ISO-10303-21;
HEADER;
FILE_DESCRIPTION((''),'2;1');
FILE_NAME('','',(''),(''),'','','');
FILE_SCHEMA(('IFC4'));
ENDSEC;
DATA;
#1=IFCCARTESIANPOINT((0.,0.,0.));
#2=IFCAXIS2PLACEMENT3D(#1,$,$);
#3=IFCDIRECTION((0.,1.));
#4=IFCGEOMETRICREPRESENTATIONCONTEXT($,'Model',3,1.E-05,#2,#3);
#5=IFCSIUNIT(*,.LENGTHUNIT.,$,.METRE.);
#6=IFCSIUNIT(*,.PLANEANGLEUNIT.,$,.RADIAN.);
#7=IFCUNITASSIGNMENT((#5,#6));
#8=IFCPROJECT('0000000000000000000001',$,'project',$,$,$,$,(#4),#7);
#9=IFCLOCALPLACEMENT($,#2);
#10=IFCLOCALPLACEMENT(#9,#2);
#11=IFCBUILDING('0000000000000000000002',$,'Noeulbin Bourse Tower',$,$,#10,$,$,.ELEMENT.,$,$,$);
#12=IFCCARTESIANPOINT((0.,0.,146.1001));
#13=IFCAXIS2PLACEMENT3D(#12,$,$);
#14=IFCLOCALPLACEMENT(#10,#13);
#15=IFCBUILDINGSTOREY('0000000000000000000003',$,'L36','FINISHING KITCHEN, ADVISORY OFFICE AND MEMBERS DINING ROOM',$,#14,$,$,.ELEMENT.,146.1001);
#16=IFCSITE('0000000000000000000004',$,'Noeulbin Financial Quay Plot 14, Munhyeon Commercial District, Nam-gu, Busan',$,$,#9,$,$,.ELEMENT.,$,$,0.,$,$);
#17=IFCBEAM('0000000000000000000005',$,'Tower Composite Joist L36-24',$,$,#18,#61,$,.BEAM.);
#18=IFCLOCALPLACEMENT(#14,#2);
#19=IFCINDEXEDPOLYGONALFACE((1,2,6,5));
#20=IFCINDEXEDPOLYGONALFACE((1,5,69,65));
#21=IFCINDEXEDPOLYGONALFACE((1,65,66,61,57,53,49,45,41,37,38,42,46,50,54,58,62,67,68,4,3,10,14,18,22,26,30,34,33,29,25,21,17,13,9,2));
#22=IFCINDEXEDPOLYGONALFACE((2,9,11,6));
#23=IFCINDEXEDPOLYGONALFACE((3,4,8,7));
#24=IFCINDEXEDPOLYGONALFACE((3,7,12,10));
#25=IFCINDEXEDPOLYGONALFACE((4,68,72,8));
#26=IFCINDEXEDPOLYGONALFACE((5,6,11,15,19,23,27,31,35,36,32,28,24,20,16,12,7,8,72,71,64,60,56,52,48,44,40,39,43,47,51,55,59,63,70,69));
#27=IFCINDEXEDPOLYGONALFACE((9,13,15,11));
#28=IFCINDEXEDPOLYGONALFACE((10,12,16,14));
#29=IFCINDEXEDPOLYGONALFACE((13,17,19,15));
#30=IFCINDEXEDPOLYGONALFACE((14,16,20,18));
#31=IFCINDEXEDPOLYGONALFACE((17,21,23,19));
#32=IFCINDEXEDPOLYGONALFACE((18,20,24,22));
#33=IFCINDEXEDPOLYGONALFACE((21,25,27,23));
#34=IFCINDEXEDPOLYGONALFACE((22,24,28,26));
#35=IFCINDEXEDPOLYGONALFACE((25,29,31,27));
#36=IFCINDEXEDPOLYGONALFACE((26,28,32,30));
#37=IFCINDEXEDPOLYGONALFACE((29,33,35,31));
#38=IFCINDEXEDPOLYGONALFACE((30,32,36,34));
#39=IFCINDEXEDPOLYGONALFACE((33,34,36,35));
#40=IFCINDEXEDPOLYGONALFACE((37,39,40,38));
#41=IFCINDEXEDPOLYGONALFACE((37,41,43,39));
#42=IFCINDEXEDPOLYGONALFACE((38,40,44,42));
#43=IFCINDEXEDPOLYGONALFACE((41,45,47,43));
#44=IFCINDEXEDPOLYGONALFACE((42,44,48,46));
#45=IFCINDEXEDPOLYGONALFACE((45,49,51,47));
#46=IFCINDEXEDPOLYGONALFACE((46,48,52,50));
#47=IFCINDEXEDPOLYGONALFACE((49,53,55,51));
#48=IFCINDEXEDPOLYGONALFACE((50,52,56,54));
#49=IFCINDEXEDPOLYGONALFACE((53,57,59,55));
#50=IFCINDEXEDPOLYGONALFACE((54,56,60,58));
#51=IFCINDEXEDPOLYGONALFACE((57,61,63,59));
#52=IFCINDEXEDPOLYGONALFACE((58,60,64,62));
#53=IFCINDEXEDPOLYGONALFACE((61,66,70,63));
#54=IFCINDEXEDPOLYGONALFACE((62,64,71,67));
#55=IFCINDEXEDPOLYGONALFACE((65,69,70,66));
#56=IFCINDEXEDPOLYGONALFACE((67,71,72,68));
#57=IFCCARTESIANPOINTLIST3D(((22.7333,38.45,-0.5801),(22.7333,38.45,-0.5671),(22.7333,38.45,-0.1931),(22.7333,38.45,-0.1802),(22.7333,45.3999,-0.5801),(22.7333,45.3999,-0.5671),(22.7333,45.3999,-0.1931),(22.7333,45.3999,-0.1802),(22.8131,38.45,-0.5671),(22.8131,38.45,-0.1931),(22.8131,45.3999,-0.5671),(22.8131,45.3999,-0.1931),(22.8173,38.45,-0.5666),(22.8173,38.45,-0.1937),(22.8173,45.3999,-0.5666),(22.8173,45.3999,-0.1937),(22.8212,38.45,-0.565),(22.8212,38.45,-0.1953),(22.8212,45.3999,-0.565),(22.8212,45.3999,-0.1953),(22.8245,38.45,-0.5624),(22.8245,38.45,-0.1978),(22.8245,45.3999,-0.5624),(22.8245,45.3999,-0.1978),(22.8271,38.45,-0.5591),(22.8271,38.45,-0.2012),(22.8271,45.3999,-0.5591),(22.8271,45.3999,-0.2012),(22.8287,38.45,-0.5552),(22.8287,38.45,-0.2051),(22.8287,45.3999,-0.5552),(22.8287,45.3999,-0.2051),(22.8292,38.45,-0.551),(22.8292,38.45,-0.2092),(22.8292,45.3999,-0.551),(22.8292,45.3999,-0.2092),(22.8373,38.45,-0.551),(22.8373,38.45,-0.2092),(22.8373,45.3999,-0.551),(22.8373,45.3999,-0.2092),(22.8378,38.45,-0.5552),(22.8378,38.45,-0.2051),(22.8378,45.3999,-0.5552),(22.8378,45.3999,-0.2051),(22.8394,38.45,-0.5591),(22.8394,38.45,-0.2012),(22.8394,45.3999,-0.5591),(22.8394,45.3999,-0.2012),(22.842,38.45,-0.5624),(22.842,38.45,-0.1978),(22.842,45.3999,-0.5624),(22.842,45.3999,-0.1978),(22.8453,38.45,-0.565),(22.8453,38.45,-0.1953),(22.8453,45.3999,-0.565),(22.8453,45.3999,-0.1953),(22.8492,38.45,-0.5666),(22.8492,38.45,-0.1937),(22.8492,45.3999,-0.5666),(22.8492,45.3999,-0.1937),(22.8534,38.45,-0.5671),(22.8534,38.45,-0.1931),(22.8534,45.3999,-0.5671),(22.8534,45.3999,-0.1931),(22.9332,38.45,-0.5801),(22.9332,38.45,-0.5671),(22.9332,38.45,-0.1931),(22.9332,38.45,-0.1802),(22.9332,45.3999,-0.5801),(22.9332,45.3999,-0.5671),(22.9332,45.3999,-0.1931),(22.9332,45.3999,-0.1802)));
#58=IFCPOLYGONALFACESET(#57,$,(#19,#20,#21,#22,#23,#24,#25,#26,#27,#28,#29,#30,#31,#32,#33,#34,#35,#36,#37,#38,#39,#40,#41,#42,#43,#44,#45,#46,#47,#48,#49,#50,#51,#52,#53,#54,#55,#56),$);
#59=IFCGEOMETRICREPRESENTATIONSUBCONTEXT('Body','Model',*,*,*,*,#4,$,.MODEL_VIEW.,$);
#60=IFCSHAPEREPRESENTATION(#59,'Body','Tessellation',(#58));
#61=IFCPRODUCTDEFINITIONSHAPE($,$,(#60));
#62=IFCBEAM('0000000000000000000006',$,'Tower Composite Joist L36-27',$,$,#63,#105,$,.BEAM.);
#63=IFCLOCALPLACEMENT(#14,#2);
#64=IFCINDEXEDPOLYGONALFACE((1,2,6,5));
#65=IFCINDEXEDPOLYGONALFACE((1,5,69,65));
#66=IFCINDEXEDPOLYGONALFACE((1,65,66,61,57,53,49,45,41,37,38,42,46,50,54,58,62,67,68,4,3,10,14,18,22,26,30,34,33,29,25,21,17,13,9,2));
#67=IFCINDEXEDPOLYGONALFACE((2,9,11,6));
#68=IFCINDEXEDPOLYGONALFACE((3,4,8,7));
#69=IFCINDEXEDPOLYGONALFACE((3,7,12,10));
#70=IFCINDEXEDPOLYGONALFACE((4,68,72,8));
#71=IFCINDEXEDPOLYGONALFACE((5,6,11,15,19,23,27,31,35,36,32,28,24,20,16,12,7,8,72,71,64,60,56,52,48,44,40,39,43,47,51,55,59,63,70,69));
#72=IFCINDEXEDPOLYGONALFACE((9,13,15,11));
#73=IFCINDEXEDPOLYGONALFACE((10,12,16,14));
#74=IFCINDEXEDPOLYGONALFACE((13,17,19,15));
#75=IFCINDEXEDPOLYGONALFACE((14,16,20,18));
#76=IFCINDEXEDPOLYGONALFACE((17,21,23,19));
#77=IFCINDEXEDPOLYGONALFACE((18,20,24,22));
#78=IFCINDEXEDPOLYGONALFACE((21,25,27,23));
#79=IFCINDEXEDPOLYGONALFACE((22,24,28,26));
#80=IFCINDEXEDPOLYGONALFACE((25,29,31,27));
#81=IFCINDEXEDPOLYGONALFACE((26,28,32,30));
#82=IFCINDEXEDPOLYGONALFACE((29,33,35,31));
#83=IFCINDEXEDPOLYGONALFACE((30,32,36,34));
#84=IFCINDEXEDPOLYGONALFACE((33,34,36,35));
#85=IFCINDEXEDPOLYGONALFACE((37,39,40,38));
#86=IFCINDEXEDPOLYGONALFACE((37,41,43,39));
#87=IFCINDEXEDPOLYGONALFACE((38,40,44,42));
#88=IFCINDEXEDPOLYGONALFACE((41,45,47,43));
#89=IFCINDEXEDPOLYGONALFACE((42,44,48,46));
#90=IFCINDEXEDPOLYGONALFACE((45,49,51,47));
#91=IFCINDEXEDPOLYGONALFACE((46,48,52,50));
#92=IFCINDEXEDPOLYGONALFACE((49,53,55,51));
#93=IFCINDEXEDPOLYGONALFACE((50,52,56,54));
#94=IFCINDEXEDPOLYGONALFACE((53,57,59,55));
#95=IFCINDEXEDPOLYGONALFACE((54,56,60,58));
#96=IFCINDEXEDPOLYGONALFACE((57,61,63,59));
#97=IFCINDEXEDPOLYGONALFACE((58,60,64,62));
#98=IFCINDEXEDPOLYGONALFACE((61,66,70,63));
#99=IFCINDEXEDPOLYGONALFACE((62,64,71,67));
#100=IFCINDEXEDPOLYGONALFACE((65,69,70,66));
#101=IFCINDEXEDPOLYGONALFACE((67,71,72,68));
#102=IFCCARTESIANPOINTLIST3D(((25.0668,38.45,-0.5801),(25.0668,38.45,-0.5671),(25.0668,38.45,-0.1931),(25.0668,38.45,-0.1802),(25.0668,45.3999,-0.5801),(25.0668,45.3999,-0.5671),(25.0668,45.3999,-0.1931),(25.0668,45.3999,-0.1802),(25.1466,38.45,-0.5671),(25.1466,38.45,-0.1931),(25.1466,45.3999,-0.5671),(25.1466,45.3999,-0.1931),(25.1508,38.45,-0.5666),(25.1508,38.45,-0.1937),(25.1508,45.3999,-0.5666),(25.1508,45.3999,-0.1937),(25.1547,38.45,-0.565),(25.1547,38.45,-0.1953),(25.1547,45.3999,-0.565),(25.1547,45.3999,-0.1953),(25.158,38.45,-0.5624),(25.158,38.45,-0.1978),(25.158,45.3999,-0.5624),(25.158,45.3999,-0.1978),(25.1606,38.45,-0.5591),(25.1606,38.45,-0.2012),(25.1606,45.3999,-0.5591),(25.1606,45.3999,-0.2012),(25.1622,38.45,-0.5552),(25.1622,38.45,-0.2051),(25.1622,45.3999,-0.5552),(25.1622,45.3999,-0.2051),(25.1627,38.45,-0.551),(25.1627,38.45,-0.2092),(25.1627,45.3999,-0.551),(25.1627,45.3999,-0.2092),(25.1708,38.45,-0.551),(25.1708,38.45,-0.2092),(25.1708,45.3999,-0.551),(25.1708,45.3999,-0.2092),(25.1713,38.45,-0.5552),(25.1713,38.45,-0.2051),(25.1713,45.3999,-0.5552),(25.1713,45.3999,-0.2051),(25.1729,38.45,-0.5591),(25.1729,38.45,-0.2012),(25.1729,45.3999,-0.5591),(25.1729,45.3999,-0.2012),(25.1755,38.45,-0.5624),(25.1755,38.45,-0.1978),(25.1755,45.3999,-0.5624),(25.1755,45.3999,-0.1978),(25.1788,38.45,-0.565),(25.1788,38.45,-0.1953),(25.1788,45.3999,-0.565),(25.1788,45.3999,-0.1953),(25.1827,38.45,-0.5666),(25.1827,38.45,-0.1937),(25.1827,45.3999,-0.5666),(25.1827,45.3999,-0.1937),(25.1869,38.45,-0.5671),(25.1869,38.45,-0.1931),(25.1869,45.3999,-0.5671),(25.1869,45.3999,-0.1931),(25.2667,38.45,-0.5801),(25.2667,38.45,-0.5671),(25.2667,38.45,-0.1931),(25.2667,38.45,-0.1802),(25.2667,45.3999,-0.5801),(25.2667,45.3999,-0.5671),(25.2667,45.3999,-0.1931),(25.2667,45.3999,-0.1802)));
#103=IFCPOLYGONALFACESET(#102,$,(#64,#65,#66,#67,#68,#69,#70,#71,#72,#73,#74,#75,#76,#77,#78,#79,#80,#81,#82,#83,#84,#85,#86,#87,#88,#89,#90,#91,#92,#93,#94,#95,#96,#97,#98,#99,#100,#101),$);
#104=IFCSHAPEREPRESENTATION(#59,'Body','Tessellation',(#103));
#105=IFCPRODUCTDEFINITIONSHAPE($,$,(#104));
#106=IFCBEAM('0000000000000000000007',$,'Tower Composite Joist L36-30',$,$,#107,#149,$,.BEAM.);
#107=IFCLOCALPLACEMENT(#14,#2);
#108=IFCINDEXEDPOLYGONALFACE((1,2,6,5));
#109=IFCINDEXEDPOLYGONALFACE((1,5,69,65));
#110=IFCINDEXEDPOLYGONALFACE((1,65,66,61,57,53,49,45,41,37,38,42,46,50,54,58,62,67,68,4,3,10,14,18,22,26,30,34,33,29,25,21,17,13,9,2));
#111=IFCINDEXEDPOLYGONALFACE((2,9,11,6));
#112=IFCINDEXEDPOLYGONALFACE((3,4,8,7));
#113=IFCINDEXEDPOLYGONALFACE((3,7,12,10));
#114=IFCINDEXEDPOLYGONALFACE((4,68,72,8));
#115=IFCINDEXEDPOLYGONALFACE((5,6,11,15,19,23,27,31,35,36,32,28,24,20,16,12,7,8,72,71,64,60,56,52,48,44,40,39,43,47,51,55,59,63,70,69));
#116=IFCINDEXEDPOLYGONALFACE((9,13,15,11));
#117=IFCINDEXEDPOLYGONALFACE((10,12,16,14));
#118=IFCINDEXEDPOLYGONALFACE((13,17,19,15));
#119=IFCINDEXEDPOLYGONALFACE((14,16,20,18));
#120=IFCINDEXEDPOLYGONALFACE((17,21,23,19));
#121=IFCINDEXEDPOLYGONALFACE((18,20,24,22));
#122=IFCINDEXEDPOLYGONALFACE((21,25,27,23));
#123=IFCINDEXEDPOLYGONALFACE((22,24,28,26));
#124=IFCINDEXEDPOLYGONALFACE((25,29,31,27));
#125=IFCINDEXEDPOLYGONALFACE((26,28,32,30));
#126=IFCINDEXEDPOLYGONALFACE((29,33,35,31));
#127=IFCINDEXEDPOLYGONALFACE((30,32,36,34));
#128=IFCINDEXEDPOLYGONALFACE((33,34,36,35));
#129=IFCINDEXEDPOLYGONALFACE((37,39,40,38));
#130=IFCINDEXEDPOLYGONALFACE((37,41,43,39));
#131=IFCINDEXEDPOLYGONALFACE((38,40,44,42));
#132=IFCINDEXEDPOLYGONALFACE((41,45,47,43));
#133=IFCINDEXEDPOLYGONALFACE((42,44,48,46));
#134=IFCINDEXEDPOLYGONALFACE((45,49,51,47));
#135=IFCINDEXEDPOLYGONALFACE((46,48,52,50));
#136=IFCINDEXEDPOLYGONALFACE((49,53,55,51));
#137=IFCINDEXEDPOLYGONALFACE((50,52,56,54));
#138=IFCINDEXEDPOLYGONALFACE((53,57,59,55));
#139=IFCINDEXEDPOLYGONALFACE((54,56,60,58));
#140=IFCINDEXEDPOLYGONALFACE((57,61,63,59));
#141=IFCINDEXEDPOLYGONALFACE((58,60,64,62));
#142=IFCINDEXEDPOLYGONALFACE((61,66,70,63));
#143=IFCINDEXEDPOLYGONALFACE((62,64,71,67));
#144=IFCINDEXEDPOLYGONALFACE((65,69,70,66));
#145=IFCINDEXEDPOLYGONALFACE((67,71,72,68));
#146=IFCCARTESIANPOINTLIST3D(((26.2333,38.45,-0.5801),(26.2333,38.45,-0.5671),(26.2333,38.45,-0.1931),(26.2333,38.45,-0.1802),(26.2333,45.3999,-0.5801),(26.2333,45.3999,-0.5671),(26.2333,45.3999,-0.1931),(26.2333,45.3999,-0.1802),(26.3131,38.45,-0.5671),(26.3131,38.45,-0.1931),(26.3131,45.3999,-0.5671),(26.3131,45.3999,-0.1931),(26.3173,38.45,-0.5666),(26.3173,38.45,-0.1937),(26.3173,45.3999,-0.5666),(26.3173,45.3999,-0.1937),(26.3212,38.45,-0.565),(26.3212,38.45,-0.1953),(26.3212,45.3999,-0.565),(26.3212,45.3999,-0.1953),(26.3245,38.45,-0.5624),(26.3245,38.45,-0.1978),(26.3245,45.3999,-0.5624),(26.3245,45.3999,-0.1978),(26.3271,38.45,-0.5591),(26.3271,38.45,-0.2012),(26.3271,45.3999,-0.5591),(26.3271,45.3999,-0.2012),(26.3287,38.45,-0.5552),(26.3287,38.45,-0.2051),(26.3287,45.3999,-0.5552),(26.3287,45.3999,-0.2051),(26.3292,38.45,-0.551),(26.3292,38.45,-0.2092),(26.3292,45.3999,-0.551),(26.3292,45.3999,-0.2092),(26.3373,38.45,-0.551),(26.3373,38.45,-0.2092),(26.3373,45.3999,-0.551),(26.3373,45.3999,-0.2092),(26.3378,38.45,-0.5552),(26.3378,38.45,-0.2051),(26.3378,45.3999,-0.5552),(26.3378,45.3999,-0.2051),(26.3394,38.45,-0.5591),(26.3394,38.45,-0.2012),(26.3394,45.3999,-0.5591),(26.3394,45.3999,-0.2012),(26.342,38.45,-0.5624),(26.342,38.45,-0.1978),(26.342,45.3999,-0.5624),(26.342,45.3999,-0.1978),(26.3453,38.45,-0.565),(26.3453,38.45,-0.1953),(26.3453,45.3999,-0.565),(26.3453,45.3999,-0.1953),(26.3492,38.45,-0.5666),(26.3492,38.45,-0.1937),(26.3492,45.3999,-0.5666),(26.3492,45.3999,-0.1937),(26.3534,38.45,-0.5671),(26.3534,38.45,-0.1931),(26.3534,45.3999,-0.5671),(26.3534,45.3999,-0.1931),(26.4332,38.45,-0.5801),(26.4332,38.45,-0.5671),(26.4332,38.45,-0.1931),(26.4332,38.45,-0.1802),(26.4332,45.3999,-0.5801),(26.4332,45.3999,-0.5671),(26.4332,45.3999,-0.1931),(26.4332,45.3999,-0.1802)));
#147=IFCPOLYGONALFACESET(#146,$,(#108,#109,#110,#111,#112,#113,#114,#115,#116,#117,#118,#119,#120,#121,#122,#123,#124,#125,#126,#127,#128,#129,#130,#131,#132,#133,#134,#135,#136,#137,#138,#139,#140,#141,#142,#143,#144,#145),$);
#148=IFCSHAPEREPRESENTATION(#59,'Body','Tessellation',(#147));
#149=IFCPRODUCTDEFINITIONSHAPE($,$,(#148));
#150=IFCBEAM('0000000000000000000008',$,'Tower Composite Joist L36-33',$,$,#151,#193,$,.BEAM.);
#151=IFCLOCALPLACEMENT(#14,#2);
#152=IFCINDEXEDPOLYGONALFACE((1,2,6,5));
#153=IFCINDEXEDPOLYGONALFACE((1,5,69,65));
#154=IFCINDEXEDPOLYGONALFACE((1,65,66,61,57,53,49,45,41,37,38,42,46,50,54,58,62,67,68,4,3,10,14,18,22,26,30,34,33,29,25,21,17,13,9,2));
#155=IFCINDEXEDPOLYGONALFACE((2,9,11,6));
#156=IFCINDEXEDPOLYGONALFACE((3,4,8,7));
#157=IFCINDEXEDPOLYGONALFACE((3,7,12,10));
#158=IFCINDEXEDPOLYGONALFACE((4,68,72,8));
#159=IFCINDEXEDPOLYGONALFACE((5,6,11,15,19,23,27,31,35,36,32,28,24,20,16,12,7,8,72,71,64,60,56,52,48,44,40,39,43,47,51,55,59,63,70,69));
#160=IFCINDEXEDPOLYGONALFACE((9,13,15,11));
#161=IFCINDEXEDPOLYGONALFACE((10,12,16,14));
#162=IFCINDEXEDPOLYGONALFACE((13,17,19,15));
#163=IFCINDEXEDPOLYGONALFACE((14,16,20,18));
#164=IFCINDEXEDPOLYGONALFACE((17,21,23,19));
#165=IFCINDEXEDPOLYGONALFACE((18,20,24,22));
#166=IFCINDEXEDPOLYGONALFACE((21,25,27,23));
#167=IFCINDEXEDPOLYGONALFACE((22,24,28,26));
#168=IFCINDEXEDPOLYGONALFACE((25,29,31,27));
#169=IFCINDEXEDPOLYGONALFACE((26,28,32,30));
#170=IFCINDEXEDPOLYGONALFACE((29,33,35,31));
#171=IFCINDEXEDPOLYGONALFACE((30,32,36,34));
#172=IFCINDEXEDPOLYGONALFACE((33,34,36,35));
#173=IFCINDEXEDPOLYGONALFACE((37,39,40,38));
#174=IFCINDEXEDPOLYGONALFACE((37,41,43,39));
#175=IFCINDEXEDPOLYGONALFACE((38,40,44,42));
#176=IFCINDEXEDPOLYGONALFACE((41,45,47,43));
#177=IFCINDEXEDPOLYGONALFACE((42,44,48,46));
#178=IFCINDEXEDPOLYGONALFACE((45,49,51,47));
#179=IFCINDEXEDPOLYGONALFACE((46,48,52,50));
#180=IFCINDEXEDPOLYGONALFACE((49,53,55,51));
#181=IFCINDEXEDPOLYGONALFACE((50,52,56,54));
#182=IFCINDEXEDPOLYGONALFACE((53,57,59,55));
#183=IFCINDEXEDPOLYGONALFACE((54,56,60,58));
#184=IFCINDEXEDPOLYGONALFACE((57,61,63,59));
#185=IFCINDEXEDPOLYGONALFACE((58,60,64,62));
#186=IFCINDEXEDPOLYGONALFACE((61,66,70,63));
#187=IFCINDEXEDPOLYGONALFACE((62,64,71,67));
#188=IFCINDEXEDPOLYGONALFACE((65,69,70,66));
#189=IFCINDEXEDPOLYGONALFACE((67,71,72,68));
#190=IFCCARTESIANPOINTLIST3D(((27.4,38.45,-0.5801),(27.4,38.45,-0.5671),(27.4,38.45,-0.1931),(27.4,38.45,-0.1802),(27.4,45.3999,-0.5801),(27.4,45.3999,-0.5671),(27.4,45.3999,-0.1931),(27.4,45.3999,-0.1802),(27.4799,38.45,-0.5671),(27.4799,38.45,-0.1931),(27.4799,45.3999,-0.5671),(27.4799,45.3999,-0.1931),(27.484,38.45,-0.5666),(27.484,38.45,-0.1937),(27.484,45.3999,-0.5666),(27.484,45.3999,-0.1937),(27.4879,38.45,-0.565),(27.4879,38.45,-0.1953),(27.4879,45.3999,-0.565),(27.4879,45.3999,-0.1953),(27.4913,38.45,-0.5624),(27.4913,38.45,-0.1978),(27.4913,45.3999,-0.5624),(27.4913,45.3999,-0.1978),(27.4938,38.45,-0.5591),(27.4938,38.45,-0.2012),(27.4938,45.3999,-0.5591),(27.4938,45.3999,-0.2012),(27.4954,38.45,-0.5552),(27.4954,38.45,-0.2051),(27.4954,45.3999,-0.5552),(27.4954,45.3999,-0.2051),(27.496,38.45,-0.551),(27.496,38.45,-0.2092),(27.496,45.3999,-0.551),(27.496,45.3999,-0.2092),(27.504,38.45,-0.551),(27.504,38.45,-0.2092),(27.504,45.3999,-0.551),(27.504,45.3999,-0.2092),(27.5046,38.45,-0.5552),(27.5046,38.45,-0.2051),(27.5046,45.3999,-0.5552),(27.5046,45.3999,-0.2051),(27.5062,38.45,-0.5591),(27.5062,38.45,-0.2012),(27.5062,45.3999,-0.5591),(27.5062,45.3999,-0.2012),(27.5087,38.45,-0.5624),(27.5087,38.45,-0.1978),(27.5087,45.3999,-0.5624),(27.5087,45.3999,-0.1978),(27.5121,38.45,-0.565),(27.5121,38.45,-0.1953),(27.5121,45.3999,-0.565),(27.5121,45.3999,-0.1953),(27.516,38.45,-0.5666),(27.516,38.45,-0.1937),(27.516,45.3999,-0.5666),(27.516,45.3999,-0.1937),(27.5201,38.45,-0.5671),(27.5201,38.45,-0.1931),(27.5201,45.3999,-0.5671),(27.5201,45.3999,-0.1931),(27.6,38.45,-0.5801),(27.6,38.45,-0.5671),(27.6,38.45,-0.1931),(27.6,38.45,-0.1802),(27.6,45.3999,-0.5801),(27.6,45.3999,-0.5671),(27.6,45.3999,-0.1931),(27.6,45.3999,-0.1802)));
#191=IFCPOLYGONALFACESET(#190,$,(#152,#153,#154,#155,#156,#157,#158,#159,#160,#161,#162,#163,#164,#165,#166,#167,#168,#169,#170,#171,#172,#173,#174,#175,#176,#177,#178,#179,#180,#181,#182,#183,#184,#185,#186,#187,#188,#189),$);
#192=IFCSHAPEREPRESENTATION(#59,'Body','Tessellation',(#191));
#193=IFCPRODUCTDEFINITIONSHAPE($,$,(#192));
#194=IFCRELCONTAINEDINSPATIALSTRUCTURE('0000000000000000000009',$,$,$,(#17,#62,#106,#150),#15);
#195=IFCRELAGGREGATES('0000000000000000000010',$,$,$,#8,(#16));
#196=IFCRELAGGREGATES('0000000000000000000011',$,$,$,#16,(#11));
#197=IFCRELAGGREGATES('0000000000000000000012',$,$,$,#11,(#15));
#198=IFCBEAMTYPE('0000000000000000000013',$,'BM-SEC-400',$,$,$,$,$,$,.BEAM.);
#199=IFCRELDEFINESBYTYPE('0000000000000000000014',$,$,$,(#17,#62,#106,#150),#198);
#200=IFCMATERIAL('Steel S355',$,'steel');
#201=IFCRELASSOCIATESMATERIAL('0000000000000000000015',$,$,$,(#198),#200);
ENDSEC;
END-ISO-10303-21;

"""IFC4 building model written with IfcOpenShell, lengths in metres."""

from ifc_helpers import new_model, si_unit, direction, frame, origin, origin_2d, place, context, subcontext, project, spatial, i_section, extrude, material, material_profile, profile_set, type_object, element, save


model = new_model("IFC4")

# Units and contexts
model_context = context("Model", 3, precision=1e-05, world=origin(), true_north=direction((0.0, 1.0)))
body_context = subcontext(model_context, "Body", "Model", "MODEL_VIEW")
ifc_project = project(units=[si_unit("LENGTHUNIT", "METRE"), si_unit("PLANEANGLEUNIT", "RADIAN")], contexts=[model_context])

# Site, building, storey
site_placement = place(None, origin())
site = spatial("IfcSite", under=ifc_project, at=site_placement, Name="Noeulbin Financial Quay Plot 14, Munhyeon Commercial District, Nam-gu, Busan", CompositionType="ELEMENT", RefElevation=0.0)
building_placement = place(site_placement, origin())
building = spatial("IfcBuilding", under=site, at=building_placement, Name="Noeulbin Bourse Tower", CompositionType="ELEMENT")
storey_placement = place(building_placement, frame((0.0, 0.0, 146.1001)))
storey = spatial("IfcBuildingStorey", under=building, at=storey_placement, Name="L36", Description="FINISHING KITCHEN, ADVISORY OFFICE AND MEMBERS DINING ROOM", CompositionType="ELEMENT", Elevation=146.1001)

# Shared definitions
ifc_material_1 = material(Name="Steel S355", Category="steel")

# Beams
ifc_material_profile_1 = material_profile(ifc_material_1, i_section(OverallWidth=0.2, OverallDepth=0.3999, WebThickness=0.0081, FlangeThickness=0.0129, FilletRadius=0.0161, at=origin_2d()), Name="H-400x200x8x13", Category="LoadBearing")
ifc_profile_set_1 = profile_set([ifc_material_profile_1], Name="Steel S355")
beam_type_1 = type_object("IfcBeamType", Name="BM-SEC-400", PredefinedType="BEAM", material=ifc_profile_set_1)
for number, where, z_axis, x_axis, name in (
    (1, (22.8333, 38.45, -0.3801), (0.0, 1.0, 0.0), (-1.0, 0.0, 0.0), "Tower Composite Joist L36-24"),
    (2, (25.1667, 38.45, -0.3801), (0.0, 1.0, 0.0), (-1.0, 0.0, 0.0), "Tower Composite Joist L36-27"),
    (3, (26.3333, 38.45, -0.3801), (0.0, 1.0, 0.0), (-1.0, 0.0, 0.0), "Tower Composite Joist L36-30"),
    (4, (27.5, 38.45, -0.3801), (0.0, 1.0, 0.0), (-1.0, 0.0, 0.0), "Tower Composite Joist L36-33"),
):
    element("IfcBeam", number, at=place(storey_placement, frame(where, z_axis=z_axis, x_axis=x_axis)), inside=storey, type_object=beam_type_1, Name=name, PredefinedType="BEAM", context=body_context, shape_type="SweptSolid", body=[
        extrude(i_section(OverallWidth=0.2, OverallDepth=0.3999, WebThickness=0.0081, FlangeThickness=0.0129, FilletRadius=0.0161, at=origin_2d()), origin(), (0.0, 0.0, 1.0), 6.95),
    ])

save(model, "model.ifc")
